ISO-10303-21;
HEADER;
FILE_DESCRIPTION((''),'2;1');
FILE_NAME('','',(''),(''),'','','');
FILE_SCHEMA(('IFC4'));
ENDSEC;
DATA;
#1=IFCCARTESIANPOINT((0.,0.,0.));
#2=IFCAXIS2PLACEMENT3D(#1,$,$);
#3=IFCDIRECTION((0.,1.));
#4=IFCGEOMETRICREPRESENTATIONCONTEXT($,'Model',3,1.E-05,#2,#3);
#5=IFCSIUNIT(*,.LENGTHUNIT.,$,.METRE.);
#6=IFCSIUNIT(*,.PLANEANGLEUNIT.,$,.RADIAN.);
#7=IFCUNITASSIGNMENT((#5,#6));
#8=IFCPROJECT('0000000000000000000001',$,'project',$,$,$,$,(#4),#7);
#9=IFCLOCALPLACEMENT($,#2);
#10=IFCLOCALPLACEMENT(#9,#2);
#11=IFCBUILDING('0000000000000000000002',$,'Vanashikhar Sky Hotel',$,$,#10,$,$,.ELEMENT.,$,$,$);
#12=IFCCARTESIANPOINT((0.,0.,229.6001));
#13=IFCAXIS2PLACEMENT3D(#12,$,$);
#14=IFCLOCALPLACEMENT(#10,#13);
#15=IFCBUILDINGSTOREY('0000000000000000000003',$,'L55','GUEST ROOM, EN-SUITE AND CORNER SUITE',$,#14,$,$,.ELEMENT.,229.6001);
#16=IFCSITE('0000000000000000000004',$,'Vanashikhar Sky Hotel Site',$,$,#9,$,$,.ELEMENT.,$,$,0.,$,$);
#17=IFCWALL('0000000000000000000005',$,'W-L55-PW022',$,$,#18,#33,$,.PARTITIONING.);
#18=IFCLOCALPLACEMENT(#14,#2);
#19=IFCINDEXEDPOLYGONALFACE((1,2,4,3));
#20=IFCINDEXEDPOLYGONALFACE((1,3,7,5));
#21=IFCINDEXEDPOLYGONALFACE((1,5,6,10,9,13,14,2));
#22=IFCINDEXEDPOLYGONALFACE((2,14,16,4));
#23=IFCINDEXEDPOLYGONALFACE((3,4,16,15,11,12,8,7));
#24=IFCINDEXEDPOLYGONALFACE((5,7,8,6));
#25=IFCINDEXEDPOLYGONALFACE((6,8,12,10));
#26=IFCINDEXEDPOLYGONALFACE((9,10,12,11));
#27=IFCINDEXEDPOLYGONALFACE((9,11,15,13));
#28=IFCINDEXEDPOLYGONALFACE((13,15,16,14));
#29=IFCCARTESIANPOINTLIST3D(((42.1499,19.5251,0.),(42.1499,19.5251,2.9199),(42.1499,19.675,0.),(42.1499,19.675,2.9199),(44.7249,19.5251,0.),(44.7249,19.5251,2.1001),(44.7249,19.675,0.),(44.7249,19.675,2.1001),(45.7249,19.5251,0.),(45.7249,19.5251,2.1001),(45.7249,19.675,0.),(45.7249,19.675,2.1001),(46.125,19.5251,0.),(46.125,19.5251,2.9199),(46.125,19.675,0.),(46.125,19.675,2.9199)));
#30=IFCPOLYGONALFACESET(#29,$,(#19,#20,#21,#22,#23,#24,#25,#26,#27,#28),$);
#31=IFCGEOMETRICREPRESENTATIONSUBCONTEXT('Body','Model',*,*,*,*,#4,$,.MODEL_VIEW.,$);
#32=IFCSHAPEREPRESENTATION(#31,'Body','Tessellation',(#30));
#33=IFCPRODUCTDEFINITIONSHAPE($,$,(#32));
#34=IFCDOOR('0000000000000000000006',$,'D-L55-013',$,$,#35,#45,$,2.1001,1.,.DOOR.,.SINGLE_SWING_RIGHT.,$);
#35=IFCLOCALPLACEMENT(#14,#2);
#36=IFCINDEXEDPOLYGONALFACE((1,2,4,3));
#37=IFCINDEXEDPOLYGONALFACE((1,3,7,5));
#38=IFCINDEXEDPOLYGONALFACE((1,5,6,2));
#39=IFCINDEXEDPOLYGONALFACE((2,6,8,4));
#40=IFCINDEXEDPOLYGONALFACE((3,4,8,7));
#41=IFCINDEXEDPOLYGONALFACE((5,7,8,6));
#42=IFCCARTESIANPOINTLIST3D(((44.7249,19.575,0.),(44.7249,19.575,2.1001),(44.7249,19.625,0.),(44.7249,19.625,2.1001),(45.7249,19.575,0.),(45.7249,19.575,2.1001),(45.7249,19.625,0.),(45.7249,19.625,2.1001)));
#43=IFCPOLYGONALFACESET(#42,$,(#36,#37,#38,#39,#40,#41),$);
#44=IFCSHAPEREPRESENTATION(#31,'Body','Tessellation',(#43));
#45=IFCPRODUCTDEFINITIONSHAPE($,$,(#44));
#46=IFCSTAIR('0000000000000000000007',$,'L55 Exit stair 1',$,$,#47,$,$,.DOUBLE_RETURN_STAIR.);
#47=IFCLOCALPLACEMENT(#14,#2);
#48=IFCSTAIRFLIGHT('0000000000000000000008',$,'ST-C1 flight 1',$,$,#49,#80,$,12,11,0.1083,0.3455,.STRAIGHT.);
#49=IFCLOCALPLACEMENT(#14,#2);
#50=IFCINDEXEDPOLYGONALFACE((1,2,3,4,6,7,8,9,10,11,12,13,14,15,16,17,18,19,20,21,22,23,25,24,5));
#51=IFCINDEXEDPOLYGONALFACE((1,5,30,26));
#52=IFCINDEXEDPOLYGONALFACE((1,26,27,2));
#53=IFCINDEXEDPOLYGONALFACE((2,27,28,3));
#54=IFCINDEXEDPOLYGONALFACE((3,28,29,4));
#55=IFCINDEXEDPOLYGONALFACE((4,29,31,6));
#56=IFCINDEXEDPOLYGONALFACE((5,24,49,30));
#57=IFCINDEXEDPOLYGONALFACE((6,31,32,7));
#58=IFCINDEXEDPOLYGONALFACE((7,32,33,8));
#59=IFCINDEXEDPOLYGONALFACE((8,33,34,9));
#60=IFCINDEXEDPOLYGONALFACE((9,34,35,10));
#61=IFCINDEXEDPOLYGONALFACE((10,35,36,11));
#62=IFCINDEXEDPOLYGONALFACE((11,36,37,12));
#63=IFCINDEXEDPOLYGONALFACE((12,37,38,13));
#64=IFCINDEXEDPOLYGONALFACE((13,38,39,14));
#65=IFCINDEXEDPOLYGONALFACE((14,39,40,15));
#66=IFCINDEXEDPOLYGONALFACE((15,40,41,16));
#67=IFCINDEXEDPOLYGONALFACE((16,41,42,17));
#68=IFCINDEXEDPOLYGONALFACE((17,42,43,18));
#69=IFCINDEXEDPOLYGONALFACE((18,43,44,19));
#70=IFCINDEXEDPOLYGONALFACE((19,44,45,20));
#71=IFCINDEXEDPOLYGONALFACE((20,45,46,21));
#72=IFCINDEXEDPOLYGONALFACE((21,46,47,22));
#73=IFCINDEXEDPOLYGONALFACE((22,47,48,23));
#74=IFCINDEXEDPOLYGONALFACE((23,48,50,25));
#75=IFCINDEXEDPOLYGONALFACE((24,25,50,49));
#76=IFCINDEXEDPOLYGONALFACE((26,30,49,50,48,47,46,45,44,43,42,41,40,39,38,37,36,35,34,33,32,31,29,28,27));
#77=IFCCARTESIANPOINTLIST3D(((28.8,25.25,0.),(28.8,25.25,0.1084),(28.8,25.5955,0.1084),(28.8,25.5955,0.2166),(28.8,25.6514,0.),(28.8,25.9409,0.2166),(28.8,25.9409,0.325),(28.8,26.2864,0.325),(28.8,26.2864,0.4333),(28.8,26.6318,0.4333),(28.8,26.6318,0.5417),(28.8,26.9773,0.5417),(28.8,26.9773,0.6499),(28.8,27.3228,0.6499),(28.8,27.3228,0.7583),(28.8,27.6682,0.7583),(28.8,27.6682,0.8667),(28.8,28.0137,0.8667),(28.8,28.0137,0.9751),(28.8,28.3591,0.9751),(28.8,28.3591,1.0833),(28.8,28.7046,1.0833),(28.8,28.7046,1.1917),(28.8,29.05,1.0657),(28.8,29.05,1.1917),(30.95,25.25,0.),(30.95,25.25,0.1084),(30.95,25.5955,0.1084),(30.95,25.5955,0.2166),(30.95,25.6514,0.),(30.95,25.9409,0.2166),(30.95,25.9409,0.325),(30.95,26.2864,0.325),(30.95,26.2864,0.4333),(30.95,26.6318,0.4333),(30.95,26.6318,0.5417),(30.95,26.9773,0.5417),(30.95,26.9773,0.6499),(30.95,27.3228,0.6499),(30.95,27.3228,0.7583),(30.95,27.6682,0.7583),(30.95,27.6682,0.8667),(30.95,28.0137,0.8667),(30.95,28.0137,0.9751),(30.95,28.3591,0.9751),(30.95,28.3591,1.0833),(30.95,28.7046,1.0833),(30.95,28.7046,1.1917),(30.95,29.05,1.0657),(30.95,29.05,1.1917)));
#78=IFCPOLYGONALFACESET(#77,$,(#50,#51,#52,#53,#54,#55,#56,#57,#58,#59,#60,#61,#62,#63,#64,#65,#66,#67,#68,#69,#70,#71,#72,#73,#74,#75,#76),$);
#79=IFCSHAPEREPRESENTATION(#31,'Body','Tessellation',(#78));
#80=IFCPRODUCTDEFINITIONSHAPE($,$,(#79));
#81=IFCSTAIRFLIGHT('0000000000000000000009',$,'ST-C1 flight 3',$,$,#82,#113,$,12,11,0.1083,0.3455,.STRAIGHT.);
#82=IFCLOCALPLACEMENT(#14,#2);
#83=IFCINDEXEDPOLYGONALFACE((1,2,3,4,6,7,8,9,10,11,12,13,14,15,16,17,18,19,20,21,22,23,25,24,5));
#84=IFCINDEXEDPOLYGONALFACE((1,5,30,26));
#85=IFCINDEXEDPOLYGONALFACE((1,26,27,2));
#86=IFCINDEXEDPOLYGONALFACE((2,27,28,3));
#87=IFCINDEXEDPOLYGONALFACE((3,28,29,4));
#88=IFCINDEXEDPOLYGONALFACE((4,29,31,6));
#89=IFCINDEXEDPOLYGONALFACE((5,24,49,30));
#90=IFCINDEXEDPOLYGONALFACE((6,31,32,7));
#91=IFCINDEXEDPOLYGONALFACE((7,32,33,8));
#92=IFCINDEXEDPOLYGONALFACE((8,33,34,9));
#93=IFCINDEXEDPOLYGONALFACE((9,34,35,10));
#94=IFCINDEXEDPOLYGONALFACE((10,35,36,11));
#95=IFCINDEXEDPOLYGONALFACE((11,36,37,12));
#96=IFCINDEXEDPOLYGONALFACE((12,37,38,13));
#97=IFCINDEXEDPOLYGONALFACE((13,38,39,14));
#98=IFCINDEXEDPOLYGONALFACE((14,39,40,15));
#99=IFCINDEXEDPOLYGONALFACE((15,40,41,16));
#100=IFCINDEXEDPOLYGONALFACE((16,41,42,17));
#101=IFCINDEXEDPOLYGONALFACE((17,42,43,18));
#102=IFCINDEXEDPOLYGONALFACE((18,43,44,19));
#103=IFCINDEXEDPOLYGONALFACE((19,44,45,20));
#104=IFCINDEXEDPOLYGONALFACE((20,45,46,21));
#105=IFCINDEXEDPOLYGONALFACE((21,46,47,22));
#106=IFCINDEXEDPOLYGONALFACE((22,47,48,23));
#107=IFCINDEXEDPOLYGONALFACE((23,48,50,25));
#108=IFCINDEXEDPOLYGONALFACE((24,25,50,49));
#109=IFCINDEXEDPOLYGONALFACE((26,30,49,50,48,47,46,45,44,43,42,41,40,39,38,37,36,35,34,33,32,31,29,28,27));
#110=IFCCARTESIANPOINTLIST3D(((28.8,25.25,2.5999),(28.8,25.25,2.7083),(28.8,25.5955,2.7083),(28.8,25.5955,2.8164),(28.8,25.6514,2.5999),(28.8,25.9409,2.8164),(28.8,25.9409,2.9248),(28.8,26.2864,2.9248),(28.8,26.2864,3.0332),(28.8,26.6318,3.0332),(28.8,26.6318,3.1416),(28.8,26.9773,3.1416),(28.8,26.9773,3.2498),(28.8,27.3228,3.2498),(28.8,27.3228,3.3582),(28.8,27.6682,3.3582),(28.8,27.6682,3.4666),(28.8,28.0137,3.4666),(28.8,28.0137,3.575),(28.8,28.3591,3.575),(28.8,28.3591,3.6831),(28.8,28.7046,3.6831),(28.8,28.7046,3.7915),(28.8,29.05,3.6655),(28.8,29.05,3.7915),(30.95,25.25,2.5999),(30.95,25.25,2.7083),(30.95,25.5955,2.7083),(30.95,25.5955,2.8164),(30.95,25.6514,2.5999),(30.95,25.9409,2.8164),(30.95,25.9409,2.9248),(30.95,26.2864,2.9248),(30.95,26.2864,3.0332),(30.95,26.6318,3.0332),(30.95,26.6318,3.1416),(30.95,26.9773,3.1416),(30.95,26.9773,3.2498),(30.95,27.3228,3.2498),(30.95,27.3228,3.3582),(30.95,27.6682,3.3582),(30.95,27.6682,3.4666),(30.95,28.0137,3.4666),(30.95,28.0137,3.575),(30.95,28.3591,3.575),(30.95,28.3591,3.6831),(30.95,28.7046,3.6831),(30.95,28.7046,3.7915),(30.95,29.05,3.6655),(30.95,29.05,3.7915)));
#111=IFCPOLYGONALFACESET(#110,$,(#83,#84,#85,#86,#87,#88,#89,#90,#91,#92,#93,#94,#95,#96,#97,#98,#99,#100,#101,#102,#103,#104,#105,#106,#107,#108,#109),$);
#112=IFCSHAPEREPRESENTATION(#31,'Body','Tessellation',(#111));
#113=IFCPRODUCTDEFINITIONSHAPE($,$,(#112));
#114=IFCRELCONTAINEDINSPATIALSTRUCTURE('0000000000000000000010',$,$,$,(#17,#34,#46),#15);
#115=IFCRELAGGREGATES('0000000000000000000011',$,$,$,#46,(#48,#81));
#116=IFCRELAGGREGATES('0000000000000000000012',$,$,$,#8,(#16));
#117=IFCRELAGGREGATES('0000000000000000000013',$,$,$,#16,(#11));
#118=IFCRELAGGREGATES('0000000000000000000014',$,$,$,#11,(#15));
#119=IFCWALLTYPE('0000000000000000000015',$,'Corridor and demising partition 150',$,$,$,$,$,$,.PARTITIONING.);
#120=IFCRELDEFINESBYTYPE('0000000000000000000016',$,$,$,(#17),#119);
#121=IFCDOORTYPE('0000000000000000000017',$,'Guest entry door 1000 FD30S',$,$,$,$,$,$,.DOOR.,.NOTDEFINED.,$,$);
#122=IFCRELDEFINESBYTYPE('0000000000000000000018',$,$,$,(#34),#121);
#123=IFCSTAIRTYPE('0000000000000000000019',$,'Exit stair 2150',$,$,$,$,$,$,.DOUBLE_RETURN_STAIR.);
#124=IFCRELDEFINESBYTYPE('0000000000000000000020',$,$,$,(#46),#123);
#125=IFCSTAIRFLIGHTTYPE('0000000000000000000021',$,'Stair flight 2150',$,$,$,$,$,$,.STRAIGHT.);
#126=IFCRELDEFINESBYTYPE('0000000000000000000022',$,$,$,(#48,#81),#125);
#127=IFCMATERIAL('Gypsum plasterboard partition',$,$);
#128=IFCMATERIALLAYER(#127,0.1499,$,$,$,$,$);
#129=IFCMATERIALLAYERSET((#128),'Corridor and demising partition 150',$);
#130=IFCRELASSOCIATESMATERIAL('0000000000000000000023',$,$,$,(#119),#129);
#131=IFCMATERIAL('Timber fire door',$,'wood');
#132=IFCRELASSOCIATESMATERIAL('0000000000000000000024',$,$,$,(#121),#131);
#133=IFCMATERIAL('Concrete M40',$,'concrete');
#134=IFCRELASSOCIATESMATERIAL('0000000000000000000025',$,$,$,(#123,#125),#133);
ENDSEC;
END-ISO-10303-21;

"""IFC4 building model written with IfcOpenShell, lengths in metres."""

from ifc_helpers import new_model, si_unit, direction, frame, frame_2d, origin, place, context, subcontext, project, spatial, polyline, rectangle, outline, extrude, source, transform, mapped, material, layer, layer_set, type_object, element, fill, aggregate, save


model = new_model("IFC4")

# Units and contexts
model_context = context("Model", 3, precision=1e-05, world=origin(), true_north=direction((0.0, 1.0)))
body_context = subcontext(model_context, "Body", "Model", "MODEL_VIEW")
ifc_project = project(units=[si_unit("LENGTHUNIT", "METRE"), si_unit("PLANEANGLEUNIT", "RADIAN")], contexts=[model_context])

# Site, building, storey
site_placement = place(None, origin())
site = spatial("IfcSite", under=ifc_project, at=site_placement, Name="Vanashikhar Sky Hotel Site", CompositionType="ELEMENT", RefElevation=0.0)
building_placement = place(site_placement, origin())
building = spatial("IfcBuilding", under=site, at=building_placement, Name="Vanashikhar Sky Hotel", CompositionType="ELEMENT")
storey_placement = place(building_placement, frame((0.0, 0.0, 229.6001)))
storey = spatial("IfcBuildingStorey", under=building, at=storey_placement, Name="L55", Description="GUEST ROOM, EN-SUITE AND CORNER SUITE", CompositionType="ELEMENT", Elevation=229.6001)

# Shared definitions
ifc_material_1 = material(Name="Concrete M40", Category="concrete")

# Wall, opening, door
ifc_material_2 = material(Name="Gypsum plasterboard partition")
ifc_layer_1 = layer(ifc_material_2, 0.1499)
ifc_layer_set_1 = layer_set([ifc_layer_1], Name="Corridor and demising partition 150")
wall_type_1 = type_object("IfcWallType", Name="Corridor and demising partition 150", PredefinedType="PARTITIONING", material=ifc_layer_set_1)
shared_shape_1 = source(origin(), body_context, "Body", "SweptSolid", [
    extrude(rectangle(XDim=3.9751, YDim=0.1499, at=frame_2d((1.9875, 0.0))), origin(), (0.0, 0.0, 1.0), 2.9199),
])
shared_shape_2 = source(origin(), body_context, "Body", "SweptSolid", [
    extrude(rectangle(XDim=1.0, YDim=2.1001, at=frame_2d((0.5, 1.05))), frame((0.0, 0.085, 0.0), z_axis=(0.0, -1.0, 0.0), x_axis=(1.0, 0.0, 0.0)), (0.0, 0.0, 1.0), 0.1699),
])
ifc_material_3 = material(Name="Timber fire door", Category="wood")
door_type_1 = type_object("IfcDoorType", Name="Guest entry door 1000 FD30S", OperationType="NOTDEFINED", PredefinedType="DOOR", material=ifc_material_3)
shared_shape_3 = source(origin(), body_context, "Body", "SweptSolid", [
    extrude(rectangle(XDim=1.0, YDim=2.1001, at=frame_2d((0.5, 1.05))), frame((0.0, 0.0249, 0.0), z_axis=(0.0, -1.0, 0.0), x_axis=(1.0, 0.0, 0.0)), (0.0, 0.0, 1.0), 0.05),
])
wall_1_placement = place(storey_placement, frame((42.1499, 19.6001, 0.0), z_axis=(0.0, 0.0, 1.0), x_axis=(1.0, 0.0, 0.0)))
wall_1 = element("IfcWall", 1, at=wall_1_placement, inside=storey, type_object=wall_type_1, Name="W-L55-PW022", PredefinedType="PARTITIONING", context=body_context, shape_type="MappedRepresentation", body=[
    mapped(shared_shape_1, transform((0.0, 0.0, 0.0), scale=1.0)),
])
opening_1_placement = place(wall_1_placement, frame((2.575, 0.0, 0.0)))
opening_1 = element("IfcOpeningElement", 2, at=opening_1_placement, cuts=wall_1, PredefinedType="OPENING", context=body_context, shape_type="MappedRepresentation", body=[
    mapped(shared_shape_2, transform((0.0, 0.0, 0.0), scale=1.0)),
])
door_1_placement = place(opening_1_placement, origin())
door_1 = element("IfcDoor", 3, at=door_1_placement, inside=storey, type_object=door_type_1, Name="D-L55-013", OperationType="SINGLE_SWING_RIGHT", OverallHeight=2.1001, OverallWidth=1.0, PredefinedType="DOOR", context=body_context, shape_type="MappedRepresentation", body=[
    mapped(shared_shape_3, transform((0.0, 0.0, 0.0), scale=1.0)),
])
fill(opening_1, door_1)

# Stair, stair flights
stair_type = type_object("IfcStairType", Name="Exit stair 2150", PredefinedType="DOUBLE_RETURN_STAIR", material=ifc_material_1)
stair_placement = place(storey_placement, origin())
stair = element("IfcStair", 4, at=stair_placement, inside=storey, type_object=stair_type, Name="L55 Exit stair 1", PredefinedType="DOUBLE_RETURN_STAIR")
stair_flight_type = type_object("IfcStairFlightType", Name="Stair flight 2150", PredefinedType="STRAIGHT", material=ifc_material_1)
shared_shape_4 = source(origin(), body_context, "Body", "SweptSolid", [
    extrude(outline(polyline([(0.0, 0.0), (0.0, 0.1084), (0.3455, 0.1084), (0.3455, 0.2166), (0.6909, 0.2166), (0.6909, 0.325), (1.0364, 0.325), (1.0364, 0.4333), (1.3818, 0.4333), (1.3818, 0.5417), (1.7273, 0.5417), (1.7273, 0.6499), (2.0728, 0.6499), (2.0728, 0.7583), (2.4182, 0.7583), (2.4182, 0.8667), (2.7637, 0.8667), (2.7637, 0.9751), (3.1091, 0.9751), (3.1091, 1.0833), (3.4546, 1.0833), (3.4546, 1.1917), (3.8, 1.1917), (3.8, 1.3), (3.8, 1.0657), (0.4014, 0.0), (0.0, 0.0)])), frame((0.0, 1.075, 0.0), z_axis=(0.0, -1.0, 0.0), x_axis=(1.0, 0.0, 0.0)), (0.0, 0.0, 1.0), 2.1499),
])
stair_flight_1_placement = place(storey_placement, frame((29.875, 25.25, 0.0), z_axis=(0.0, 0.0, 1.0), x_axis=(0.0, 1.0, 0.0)))
stair_flight_1 = element("IfcStairFlight", 5, at=stair_flight_1_placement, type_object=stair_flight_type, Name="ST-C1 flight 1", NumberOfRisers=12, NumberOfTreads=11, PredefinedType="STRAIGHT", RiserHeight=0.1083, TreadLength=0.3455, context=body_context, shape_type="MappedRepresentation", body=[
    mapped(shared_shape_4, transform((0.0, 0.0, 0.0), scale=1.0)),
])
stair_flight_2_placement = place(storey_placement, frame((29.875, 25.25, 2.5999), z_axis=(0.0, 0.0, 1.0), x_axis=(0.0, 1.0, 0.0)))
stair_flight_2 = element("IfcStairFlight", 6, at=stair_flight_2_placement, type_object=stair_flight_type, Name="ST-C1 flight 3", NumberOfRisers=12, NumberOfTreads=11, PredefinedType="STRAIGHT", RiserHeight=0.1083, TreadLength=0.3455, context=body_context, shape_type="MappedRepresentation", body=[
    mapped(shared_shape_4, transform((0.0, 0.0, 0.0), scale=1.0)),
])
aggregate(stair, [stair_flight_1, stair_flight_2])

save(model, "model.ifc")
